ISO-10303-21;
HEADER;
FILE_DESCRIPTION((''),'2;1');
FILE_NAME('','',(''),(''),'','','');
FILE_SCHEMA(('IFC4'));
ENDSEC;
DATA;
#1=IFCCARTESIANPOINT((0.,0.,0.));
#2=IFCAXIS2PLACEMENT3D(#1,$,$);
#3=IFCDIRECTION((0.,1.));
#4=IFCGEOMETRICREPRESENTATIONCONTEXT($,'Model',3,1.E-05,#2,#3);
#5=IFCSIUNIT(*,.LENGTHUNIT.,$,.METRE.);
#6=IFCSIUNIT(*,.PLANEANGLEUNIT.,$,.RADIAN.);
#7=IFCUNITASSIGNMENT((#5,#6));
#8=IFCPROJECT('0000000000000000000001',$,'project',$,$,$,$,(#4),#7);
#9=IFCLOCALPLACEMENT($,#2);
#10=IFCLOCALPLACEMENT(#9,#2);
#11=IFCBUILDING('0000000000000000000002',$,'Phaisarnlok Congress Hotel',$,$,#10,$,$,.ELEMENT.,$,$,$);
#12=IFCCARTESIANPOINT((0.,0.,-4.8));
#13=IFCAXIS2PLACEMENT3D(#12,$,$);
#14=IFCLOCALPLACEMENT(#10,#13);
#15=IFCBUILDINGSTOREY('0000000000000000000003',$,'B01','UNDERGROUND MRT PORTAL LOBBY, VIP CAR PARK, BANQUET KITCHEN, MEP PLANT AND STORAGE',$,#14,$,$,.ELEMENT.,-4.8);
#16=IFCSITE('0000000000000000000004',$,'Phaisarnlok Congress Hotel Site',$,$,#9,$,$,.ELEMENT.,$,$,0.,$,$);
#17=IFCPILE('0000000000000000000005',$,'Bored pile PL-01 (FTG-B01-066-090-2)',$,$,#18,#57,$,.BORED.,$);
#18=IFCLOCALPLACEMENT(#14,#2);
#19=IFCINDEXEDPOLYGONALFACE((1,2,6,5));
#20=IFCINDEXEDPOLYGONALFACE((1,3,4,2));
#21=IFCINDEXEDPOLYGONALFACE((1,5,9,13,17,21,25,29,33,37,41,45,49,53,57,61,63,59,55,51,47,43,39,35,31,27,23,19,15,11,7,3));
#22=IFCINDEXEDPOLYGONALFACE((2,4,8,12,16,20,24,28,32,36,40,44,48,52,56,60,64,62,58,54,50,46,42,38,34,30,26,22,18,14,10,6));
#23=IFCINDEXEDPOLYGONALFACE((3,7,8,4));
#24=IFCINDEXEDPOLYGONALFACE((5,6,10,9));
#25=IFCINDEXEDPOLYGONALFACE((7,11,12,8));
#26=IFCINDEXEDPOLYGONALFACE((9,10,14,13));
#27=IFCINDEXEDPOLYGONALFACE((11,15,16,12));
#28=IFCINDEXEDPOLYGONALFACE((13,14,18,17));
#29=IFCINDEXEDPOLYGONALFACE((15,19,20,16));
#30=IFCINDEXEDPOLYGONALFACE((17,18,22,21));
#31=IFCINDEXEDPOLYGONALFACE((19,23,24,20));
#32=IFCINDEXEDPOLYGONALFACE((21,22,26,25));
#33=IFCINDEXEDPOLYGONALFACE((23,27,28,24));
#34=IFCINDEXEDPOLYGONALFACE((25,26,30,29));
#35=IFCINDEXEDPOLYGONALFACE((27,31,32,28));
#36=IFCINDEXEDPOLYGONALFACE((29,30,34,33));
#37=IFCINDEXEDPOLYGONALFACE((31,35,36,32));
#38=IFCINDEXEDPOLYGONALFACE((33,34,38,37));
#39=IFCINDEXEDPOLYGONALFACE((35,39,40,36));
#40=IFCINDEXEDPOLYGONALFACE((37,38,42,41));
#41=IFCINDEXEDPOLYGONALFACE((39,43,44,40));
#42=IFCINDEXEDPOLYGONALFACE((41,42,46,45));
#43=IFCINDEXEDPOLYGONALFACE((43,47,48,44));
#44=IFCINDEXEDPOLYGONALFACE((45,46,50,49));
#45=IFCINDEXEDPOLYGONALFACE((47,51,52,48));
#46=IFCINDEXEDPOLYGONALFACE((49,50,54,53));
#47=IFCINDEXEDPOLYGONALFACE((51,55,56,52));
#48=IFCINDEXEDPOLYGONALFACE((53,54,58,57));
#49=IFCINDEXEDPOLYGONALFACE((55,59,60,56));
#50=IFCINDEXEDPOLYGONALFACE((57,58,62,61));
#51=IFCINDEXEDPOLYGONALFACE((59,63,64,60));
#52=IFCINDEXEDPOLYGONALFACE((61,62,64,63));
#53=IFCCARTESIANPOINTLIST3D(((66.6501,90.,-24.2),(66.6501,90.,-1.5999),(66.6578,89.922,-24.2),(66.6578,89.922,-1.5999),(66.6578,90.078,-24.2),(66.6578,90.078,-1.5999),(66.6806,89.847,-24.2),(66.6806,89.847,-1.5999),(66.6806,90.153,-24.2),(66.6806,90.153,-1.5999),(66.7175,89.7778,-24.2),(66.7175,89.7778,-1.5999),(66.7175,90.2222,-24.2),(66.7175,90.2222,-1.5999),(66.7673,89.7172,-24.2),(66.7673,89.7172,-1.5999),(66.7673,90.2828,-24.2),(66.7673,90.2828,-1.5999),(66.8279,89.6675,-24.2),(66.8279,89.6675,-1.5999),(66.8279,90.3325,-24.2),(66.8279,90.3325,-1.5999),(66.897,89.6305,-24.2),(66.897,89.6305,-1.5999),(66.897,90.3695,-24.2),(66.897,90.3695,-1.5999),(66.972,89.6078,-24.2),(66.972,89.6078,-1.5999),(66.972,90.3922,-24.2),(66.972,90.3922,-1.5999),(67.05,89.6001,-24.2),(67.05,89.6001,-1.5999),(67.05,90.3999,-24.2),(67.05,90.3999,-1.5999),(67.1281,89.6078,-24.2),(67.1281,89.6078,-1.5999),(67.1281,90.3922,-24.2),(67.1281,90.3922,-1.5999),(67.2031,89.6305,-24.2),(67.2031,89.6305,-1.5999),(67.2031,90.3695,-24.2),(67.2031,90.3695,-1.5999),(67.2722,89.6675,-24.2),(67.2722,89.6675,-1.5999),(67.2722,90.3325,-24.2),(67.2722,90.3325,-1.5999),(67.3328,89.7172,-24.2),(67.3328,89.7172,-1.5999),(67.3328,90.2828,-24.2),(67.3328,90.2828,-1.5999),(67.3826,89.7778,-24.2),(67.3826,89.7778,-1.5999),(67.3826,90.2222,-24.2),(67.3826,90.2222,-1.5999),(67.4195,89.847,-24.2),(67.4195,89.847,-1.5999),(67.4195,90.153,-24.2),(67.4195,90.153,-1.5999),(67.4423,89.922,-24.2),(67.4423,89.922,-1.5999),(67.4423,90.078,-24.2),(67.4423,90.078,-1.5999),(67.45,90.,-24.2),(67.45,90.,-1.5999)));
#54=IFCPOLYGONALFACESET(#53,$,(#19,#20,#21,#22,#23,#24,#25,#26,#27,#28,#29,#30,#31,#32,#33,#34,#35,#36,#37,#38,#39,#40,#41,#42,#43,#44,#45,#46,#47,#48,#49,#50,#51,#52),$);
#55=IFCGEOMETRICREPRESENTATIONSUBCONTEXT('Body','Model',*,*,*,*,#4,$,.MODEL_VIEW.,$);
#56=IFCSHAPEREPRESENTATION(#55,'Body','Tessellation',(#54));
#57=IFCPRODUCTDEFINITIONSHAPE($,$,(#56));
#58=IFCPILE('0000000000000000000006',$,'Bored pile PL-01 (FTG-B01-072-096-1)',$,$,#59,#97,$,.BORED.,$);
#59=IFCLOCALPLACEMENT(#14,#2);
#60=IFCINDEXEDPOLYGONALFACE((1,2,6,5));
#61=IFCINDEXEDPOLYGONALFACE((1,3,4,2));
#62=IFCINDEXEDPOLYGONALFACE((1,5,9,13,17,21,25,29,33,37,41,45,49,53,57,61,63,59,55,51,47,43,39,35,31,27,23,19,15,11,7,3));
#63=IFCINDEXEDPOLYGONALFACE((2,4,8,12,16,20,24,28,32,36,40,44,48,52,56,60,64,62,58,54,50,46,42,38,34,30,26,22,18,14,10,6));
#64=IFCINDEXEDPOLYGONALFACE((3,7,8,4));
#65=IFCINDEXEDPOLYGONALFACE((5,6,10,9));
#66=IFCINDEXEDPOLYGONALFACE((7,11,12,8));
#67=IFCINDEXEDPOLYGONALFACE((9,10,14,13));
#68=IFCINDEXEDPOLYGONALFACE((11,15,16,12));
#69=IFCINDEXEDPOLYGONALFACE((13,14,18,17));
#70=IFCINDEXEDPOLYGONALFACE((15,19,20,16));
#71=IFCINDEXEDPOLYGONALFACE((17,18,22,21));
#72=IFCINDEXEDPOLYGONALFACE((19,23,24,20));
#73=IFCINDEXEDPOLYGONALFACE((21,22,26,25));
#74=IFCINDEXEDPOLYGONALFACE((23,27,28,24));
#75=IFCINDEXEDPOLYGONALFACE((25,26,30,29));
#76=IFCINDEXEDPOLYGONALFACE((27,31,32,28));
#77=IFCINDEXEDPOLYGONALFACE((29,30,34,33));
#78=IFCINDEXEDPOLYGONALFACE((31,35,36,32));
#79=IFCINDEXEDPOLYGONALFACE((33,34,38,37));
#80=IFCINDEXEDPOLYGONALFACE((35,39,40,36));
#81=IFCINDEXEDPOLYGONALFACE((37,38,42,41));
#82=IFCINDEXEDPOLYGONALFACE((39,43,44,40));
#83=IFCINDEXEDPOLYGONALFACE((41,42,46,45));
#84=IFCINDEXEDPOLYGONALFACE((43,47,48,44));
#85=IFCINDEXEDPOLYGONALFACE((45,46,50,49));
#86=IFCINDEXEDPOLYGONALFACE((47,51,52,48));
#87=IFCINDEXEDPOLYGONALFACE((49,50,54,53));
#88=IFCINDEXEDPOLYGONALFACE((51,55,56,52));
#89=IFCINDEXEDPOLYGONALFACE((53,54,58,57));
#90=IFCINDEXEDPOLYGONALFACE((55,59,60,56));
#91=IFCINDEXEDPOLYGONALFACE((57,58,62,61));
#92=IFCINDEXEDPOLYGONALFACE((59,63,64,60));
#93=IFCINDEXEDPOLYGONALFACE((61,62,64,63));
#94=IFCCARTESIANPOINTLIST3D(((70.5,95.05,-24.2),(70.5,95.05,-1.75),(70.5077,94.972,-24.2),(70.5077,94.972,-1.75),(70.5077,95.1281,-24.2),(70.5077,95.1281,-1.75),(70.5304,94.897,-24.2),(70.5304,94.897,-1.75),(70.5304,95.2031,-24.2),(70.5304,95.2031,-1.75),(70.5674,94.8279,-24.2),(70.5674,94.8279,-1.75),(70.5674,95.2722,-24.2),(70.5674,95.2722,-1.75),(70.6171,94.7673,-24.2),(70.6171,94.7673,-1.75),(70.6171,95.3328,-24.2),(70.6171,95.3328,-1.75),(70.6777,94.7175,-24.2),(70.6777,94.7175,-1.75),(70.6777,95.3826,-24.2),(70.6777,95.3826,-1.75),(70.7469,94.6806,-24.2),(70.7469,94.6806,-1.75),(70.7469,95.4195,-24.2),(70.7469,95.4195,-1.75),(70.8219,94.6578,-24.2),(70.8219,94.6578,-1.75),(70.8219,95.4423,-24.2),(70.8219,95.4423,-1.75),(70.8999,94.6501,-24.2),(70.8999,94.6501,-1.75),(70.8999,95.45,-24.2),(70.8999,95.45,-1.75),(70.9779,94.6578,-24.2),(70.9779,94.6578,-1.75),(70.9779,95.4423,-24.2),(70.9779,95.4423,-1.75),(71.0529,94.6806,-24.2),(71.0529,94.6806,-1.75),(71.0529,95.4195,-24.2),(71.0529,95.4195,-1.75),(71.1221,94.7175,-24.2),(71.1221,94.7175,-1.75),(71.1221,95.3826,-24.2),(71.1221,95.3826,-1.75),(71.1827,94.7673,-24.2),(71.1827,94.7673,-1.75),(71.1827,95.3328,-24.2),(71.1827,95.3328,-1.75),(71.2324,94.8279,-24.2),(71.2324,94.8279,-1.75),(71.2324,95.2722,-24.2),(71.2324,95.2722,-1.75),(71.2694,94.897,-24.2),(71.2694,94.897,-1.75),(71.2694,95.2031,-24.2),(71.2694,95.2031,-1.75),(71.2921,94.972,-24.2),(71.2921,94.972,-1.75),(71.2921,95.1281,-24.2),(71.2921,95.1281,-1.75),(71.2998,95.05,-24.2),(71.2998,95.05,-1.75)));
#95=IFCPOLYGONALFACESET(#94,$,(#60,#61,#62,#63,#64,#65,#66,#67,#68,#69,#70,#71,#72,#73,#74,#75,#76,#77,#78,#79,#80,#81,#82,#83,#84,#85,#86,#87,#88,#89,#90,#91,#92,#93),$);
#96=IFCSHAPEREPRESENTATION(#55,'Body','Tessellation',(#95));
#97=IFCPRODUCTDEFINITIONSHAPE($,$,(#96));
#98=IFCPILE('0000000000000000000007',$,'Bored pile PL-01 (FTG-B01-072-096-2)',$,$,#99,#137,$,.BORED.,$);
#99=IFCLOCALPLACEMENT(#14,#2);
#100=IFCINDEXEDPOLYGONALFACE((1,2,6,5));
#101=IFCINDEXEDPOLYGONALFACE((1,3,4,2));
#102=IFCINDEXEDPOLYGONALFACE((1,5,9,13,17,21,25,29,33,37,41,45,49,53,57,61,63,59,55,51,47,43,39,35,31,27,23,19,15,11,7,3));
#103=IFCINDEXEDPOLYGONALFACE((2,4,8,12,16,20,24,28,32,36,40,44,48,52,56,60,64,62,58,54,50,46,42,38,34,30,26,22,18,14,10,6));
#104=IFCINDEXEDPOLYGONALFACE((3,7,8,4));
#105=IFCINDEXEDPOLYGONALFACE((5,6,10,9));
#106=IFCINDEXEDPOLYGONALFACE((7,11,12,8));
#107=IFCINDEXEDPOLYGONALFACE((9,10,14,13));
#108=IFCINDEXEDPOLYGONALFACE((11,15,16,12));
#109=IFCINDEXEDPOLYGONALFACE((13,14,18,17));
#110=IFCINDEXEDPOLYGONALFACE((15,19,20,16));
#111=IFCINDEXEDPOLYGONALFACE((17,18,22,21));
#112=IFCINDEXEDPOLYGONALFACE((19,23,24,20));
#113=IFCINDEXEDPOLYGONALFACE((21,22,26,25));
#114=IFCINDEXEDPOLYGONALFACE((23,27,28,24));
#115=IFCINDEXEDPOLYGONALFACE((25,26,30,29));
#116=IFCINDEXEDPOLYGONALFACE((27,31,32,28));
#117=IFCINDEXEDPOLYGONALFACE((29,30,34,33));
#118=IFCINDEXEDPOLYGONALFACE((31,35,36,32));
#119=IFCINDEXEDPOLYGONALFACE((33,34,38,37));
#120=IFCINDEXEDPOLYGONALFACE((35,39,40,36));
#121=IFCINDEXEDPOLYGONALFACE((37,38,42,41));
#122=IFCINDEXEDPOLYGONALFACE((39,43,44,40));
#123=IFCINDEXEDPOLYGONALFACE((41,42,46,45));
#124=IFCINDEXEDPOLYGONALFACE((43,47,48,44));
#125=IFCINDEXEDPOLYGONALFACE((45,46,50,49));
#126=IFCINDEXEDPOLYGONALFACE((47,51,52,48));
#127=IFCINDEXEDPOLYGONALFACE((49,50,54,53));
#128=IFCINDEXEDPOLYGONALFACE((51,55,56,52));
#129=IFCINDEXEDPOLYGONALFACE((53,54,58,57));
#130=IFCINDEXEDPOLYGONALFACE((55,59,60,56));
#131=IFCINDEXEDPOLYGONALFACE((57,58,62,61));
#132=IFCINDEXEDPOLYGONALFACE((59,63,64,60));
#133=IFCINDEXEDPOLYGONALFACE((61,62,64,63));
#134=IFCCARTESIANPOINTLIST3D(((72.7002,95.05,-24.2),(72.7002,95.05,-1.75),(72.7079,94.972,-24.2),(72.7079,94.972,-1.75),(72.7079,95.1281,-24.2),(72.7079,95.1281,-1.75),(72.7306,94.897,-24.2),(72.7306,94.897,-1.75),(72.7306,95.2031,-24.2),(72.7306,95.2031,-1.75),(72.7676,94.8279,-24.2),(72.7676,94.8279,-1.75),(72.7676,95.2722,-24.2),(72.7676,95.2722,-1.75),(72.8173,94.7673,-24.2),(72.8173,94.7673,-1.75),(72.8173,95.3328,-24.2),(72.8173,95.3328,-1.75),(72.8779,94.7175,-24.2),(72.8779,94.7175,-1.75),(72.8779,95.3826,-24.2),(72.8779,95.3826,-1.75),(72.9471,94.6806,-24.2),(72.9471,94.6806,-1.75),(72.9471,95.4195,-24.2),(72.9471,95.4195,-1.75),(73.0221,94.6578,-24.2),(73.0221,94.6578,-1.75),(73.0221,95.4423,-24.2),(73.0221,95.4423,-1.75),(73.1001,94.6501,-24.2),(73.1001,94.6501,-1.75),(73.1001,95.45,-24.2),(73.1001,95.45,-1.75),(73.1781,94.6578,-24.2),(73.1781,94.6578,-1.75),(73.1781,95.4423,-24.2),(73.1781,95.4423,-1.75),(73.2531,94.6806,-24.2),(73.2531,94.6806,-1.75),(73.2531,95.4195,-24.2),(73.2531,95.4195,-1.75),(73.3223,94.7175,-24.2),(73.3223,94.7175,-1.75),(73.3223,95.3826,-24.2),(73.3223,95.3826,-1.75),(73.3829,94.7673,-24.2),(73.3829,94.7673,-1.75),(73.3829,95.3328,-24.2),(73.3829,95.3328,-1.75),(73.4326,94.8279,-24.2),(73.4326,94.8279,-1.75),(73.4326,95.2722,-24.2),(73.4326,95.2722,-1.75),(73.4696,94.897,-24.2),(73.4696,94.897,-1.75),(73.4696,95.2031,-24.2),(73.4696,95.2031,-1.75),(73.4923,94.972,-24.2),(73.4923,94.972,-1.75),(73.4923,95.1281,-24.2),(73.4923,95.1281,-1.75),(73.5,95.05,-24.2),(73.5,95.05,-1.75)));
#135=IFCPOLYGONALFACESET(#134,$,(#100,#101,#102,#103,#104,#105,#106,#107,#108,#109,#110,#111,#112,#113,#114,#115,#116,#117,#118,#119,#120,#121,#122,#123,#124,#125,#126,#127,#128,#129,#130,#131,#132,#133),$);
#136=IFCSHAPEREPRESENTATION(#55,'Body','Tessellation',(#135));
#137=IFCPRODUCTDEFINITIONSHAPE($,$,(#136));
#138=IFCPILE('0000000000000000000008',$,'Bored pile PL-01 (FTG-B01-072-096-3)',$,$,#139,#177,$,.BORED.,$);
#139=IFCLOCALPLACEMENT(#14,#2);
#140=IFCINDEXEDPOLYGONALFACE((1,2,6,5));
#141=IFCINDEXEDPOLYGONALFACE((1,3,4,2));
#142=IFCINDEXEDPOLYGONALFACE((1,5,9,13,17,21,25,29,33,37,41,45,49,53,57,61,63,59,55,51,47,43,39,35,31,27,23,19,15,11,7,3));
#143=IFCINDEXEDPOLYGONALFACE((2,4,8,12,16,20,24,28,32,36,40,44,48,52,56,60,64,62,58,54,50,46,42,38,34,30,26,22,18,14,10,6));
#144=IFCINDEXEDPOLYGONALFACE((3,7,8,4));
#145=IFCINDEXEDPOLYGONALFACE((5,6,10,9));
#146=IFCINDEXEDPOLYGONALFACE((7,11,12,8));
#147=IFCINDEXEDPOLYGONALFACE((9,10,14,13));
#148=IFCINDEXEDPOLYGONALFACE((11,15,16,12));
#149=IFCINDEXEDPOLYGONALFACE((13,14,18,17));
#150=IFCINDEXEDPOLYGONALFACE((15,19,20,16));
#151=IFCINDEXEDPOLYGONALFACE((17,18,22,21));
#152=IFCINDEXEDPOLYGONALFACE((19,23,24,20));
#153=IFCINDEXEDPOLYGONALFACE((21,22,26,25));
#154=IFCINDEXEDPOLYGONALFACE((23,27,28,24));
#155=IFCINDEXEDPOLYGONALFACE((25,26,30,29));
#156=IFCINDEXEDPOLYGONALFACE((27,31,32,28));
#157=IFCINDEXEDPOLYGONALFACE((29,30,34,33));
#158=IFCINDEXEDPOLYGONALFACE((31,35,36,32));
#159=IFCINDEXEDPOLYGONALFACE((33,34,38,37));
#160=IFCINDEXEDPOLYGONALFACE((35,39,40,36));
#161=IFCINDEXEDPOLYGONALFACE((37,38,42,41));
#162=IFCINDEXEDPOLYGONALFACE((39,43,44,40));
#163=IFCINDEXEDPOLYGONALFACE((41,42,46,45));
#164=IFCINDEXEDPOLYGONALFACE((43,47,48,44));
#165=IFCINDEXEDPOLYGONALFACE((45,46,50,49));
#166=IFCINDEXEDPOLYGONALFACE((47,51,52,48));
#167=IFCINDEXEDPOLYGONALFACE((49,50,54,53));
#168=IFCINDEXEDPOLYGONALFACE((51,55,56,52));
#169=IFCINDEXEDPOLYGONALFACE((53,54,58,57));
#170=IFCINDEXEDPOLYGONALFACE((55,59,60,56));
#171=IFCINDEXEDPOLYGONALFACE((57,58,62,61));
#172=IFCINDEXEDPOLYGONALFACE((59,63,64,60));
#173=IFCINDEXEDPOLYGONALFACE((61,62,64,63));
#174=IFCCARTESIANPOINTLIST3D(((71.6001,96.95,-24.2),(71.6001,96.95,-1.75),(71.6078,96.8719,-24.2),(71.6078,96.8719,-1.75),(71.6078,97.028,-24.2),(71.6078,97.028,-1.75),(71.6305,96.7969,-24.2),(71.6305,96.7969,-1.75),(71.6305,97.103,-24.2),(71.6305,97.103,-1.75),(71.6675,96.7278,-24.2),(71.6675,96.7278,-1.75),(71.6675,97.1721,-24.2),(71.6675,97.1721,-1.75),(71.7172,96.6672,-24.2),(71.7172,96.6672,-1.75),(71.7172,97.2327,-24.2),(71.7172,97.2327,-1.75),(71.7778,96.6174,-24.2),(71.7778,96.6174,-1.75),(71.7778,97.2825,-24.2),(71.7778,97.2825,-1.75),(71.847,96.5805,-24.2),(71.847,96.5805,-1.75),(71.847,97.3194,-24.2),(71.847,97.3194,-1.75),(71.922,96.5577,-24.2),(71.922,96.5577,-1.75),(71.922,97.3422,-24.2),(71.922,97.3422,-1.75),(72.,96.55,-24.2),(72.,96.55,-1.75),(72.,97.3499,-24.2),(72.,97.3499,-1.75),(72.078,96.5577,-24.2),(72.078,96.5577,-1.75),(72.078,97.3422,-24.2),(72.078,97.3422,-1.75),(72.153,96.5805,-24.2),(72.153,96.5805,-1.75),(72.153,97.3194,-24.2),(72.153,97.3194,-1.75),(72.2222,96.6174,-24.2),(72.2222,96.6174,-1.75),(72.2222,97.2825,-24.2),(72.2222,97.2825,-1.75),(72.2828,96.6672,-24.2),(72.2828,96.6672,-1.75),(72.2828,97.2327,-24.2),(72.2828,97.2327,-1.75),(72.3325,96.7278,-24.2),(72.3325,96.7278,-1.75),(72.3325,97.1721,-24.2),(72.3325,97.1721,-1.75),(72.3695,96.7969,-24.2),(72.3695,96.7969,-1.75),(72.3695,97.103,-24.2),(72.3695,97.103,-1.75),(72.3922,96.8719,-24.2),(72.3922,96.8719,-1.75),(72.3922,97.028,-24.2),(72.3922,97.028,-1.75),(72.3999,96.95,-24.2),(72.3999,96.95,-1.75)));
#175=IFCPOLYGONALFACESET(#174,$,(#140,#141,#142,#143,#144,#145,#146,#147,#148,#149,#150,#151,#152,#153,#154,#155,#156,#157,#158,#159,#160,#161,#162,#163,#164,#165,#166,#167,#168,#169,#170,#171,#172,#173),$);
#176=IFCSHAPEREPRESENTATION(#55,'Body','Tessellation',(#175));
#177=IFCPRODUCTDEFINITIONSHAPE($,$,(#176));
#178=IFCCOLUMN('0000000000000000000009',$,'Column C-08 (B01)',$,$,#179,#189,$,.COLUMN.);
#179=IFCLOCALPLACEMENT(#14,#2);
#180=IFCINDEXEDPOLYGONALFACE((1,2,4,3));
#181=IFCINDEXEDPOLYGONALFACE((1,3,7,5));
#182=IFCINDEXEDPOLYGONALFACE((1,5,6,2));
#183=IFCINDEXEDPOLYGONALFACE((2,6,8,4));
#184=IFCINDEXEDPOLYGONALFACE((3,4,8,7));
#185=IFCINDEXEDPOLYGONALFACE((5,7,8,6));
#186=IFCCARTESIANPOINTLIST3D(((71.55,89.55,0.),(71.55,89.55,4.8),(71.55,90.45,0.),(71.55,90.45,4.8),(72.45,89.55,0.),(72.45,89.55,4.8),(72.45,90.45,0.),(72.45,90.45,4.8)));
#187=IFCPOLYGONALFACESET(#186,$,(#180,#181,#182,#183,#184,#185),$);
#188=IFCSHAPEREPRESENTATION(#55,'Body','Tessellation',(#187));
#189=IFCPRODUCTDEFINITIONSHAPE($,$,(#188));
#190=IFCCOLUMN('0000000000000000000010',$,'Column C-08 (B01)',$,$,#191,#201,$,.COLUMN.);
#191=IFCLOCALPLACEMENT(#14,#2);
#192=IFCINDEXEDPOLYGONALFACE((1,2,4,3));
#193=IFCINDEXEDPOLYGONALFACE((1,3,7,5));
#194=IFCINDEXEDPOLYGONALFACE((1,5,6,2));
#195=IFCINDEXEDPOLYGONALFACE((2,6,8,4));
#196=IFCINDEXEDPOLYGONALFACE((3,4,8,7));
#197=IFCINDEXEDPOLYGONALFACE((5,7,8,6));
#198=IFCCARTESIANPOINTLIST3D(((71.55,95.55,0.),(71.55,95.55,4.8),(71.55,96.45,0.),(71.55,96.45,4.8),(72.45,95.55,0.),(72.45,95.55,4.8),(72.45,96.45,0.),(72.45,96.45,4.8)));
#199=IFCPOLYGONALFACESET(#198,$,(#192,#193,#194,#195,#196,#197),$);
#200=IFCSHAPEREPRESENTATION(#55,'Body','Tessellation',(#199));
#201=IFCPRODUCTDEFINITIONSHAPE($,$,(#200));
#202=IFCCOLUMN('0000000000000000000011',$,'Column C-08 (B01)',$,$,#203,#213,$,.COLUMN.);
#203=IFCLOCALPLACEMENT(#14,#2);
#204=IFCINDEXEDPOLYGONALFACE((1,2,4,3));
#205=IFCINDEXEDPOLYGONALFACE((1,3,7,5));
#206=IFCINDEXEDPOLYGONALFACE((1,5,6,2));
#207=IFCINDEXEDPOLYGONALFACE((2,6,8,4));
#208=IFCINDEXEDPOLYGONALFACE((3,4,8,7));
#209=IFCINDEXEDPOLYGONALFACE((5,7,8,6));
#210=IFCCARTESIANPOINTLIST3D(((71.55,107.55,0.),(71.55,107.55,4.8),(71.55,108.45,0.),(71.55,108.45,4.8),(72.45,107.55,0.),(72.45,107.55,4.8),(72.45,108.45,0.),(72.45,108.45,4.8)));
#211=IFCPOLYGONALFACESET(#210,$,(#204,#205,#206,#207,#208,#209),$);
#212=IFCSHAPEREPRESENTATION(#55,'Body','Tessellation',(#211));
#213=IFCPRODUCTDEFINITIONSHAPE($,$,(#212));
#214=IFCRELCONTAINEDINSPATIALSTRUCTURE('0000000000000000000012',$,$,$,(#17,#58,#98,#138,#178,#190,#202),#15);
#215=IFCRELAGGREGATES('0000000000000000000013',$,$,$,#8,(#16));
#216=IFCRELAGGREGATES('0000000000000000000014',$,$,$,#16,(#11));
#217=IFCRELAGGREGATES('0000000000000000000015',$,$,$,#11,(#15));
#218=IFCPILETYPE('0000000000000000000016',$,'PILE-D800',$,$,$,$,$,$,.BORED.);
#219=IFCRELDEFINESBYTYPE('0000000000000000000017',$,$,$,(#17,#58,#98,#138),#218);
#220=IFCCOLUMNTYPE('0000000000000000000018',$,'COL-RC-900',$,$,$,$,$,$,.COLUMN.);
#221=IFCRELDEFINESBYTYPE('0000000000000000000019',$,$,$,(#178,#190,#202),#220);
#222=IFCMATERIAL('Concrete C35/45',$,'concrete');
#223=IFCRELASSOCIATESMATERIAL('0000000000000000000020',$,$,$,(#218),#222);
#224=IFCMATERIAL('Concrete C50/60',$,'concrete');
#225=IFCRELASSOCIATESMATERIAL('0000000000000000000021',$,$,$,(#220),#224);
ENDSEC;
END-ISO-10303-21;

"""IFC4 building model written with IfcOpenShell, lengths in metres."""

from ifc_helpers import new_model, si_unit, direction, frame, origin, origin_2d, place, context, subcontext, project, spatial, rectangle, circle, extrude, material, material_profile, profile_set, type_object, element, save


model = new_model("IFC4")

# Units and contexts
model_context = context("Model", 3, precision=1e-05, world=origin(), true_north=direction((0.0, 1.0)))
body_context = subcontext(model_context, "Body", "Model", "MODEL_VIEW")
ifc_project = project(units=[si_unit("LENGTHUNIT", "METRE"), si_unit("PLANEANGLEUNIT", "RADIAN")], contexts=[model_context])

# Site, building, storey
site_placement = place(None, origin())
site = spatial("IfcSite", under=ifc_project, at=site_placement, Name="Phaisarnlok Congress Hotel Site", CompositionType="ELEMENT", RefElevation=0.0)
building_placement = place(site_placement, origin())
building = spatial("IfcBuilding", under=site, at=building_placement, Name="Phaisarnlok Congress Hotel", CompositionType="ELEMENT")
storey_placement = place(building_placement, frame((0.0, 0.0, -4.8)))
storey = spatial("IfcBuildingStorey", under=building, at=storey_placement, Name="B01", Description="UNDERGROUND MRT PORTAL LOBBY, VIP CAR PARK, BANQUET KITCHEN, MEP PLANT AND STORAGE", CompositionType="ELEMENT", Elevation=-4.8)

# Piles
ifc_material_1 = material(Name="Concrete C35/45", Category="concrete")
ifc_material_profile_1 = material_profile(ifc_material_1, circle(Radius=0.3999, at=origin_2d()), Name="BORED PILE D800")
ifc_profile_set_1 = profile_set([ifc_material_profile_1], Name="Concrete C35/45")
pile_type_1 = type_object("IfcPileType", Name="PILE-D800", PredefinedType="BORED", material=ifc_profile_set_1)
pile_placement = place(storey_placement, frame((67.05, 90.0, -1.5999), z_axis=(0.0, 0.0, -1.0), x_axis=(1.0, 0.0, 0.0)))
element("IfcPile", 1, at=pile_placement, inside=storey, type_object=pile_type_1, Name="Bored pile PL-01 (FTG-B01-066-090-2)", PredefinedType="BORED", context=body_context, shape_type="SweptSolid", body=[
    extrude(circle(Radius=0.3999, at=origin_2d()), origin(), (0.0, 0.0, 1.0), 22.6001),
])
for number, where, z_axis, x_axis, name in (
    (2, (70.8999, 95.05, -1.75), (0.0, 0.0, -1.0), (1.0, 0.0, 0.0), "Bored pile PL-01 (FTG-B01-072-096-1)"),
    (3, (73.1001, 95.05, -1.75), (0.0, 0.0, -1.0), (1.0, 0.0, 0.0), "Bored pile PL-01 (FTG-B01-072-096-2)"),
    (4, (72.0, 96.95, -1.75), (0.0, 0.0, -1.0), (1.0, 0.0, 0.0), "Bored pile PL-01 (FTG-B01-072-096-3)"),
):
    element("IfcPile", number, at=place(storey_placement, frame(where, z_axis=z_axis, x_axis=x_axis)), inside=storey, type_object=pile_type_1, Name=name, PredefinedType="BORED", context=body_context, shape_type="SweptSolid", body=[
        extrude(circle(Radius=0.3999, at=origin_2d()), origin(), (0.0, 0.0, 1.0), 22.45),
    ])

# Columns
ifc_material_2 = material(Name="Concrete C50/60", Category="concrete")
ifc_material_profile_2 = material_profile(ifc_material_2, rectangle(XDim=0.8999, YDim=0.8999, at=origin_2d()), Name="RC 900x900")
ifc_profile_set_2 = profile_set([ifc_material_profile_2], Name="Concrete C50/60")
column_type = type_object("IfcColumnType", Name="COL-RC-900", PredefinedType="COLUMN", material=ifc_profile_set_2)
for number, where, z_axis, x_axis, name in (
    (5, (72.0, 90.0, 0.0), (0.0, 0.0, 1.0), (1.0, 0.0, 0.0), "Column C-08 (B01)"),
    (6, (72.0, 96.0, 0.0), (0.0, 0.0, 1.0), (1.0, 0.0, 0.0), "Column C-08 (B01)"),
    (7, (72.0, 108.0, 0.0), (0.0, 0.0, 1.0), (1.0, 0.0, 0.0), "Column C-08 (B01)"),
):
    element("IfcColumn", number, at=place(storey_placement, frame(where, z_axis=z_axis, x_axis=x_axis)), inside=storey, type_object=column_type, Name=name, PredefinedType="COLUMN", context=body_context, shape_type="SweptSolid", body=[
        extrude(rectangle(XDim=0.8999, YDim=0.8999, at=origin_2d()), origin(), (0.0, 0.0, 1.0), 4.8),
    ])

save(model, "model.ifc")
